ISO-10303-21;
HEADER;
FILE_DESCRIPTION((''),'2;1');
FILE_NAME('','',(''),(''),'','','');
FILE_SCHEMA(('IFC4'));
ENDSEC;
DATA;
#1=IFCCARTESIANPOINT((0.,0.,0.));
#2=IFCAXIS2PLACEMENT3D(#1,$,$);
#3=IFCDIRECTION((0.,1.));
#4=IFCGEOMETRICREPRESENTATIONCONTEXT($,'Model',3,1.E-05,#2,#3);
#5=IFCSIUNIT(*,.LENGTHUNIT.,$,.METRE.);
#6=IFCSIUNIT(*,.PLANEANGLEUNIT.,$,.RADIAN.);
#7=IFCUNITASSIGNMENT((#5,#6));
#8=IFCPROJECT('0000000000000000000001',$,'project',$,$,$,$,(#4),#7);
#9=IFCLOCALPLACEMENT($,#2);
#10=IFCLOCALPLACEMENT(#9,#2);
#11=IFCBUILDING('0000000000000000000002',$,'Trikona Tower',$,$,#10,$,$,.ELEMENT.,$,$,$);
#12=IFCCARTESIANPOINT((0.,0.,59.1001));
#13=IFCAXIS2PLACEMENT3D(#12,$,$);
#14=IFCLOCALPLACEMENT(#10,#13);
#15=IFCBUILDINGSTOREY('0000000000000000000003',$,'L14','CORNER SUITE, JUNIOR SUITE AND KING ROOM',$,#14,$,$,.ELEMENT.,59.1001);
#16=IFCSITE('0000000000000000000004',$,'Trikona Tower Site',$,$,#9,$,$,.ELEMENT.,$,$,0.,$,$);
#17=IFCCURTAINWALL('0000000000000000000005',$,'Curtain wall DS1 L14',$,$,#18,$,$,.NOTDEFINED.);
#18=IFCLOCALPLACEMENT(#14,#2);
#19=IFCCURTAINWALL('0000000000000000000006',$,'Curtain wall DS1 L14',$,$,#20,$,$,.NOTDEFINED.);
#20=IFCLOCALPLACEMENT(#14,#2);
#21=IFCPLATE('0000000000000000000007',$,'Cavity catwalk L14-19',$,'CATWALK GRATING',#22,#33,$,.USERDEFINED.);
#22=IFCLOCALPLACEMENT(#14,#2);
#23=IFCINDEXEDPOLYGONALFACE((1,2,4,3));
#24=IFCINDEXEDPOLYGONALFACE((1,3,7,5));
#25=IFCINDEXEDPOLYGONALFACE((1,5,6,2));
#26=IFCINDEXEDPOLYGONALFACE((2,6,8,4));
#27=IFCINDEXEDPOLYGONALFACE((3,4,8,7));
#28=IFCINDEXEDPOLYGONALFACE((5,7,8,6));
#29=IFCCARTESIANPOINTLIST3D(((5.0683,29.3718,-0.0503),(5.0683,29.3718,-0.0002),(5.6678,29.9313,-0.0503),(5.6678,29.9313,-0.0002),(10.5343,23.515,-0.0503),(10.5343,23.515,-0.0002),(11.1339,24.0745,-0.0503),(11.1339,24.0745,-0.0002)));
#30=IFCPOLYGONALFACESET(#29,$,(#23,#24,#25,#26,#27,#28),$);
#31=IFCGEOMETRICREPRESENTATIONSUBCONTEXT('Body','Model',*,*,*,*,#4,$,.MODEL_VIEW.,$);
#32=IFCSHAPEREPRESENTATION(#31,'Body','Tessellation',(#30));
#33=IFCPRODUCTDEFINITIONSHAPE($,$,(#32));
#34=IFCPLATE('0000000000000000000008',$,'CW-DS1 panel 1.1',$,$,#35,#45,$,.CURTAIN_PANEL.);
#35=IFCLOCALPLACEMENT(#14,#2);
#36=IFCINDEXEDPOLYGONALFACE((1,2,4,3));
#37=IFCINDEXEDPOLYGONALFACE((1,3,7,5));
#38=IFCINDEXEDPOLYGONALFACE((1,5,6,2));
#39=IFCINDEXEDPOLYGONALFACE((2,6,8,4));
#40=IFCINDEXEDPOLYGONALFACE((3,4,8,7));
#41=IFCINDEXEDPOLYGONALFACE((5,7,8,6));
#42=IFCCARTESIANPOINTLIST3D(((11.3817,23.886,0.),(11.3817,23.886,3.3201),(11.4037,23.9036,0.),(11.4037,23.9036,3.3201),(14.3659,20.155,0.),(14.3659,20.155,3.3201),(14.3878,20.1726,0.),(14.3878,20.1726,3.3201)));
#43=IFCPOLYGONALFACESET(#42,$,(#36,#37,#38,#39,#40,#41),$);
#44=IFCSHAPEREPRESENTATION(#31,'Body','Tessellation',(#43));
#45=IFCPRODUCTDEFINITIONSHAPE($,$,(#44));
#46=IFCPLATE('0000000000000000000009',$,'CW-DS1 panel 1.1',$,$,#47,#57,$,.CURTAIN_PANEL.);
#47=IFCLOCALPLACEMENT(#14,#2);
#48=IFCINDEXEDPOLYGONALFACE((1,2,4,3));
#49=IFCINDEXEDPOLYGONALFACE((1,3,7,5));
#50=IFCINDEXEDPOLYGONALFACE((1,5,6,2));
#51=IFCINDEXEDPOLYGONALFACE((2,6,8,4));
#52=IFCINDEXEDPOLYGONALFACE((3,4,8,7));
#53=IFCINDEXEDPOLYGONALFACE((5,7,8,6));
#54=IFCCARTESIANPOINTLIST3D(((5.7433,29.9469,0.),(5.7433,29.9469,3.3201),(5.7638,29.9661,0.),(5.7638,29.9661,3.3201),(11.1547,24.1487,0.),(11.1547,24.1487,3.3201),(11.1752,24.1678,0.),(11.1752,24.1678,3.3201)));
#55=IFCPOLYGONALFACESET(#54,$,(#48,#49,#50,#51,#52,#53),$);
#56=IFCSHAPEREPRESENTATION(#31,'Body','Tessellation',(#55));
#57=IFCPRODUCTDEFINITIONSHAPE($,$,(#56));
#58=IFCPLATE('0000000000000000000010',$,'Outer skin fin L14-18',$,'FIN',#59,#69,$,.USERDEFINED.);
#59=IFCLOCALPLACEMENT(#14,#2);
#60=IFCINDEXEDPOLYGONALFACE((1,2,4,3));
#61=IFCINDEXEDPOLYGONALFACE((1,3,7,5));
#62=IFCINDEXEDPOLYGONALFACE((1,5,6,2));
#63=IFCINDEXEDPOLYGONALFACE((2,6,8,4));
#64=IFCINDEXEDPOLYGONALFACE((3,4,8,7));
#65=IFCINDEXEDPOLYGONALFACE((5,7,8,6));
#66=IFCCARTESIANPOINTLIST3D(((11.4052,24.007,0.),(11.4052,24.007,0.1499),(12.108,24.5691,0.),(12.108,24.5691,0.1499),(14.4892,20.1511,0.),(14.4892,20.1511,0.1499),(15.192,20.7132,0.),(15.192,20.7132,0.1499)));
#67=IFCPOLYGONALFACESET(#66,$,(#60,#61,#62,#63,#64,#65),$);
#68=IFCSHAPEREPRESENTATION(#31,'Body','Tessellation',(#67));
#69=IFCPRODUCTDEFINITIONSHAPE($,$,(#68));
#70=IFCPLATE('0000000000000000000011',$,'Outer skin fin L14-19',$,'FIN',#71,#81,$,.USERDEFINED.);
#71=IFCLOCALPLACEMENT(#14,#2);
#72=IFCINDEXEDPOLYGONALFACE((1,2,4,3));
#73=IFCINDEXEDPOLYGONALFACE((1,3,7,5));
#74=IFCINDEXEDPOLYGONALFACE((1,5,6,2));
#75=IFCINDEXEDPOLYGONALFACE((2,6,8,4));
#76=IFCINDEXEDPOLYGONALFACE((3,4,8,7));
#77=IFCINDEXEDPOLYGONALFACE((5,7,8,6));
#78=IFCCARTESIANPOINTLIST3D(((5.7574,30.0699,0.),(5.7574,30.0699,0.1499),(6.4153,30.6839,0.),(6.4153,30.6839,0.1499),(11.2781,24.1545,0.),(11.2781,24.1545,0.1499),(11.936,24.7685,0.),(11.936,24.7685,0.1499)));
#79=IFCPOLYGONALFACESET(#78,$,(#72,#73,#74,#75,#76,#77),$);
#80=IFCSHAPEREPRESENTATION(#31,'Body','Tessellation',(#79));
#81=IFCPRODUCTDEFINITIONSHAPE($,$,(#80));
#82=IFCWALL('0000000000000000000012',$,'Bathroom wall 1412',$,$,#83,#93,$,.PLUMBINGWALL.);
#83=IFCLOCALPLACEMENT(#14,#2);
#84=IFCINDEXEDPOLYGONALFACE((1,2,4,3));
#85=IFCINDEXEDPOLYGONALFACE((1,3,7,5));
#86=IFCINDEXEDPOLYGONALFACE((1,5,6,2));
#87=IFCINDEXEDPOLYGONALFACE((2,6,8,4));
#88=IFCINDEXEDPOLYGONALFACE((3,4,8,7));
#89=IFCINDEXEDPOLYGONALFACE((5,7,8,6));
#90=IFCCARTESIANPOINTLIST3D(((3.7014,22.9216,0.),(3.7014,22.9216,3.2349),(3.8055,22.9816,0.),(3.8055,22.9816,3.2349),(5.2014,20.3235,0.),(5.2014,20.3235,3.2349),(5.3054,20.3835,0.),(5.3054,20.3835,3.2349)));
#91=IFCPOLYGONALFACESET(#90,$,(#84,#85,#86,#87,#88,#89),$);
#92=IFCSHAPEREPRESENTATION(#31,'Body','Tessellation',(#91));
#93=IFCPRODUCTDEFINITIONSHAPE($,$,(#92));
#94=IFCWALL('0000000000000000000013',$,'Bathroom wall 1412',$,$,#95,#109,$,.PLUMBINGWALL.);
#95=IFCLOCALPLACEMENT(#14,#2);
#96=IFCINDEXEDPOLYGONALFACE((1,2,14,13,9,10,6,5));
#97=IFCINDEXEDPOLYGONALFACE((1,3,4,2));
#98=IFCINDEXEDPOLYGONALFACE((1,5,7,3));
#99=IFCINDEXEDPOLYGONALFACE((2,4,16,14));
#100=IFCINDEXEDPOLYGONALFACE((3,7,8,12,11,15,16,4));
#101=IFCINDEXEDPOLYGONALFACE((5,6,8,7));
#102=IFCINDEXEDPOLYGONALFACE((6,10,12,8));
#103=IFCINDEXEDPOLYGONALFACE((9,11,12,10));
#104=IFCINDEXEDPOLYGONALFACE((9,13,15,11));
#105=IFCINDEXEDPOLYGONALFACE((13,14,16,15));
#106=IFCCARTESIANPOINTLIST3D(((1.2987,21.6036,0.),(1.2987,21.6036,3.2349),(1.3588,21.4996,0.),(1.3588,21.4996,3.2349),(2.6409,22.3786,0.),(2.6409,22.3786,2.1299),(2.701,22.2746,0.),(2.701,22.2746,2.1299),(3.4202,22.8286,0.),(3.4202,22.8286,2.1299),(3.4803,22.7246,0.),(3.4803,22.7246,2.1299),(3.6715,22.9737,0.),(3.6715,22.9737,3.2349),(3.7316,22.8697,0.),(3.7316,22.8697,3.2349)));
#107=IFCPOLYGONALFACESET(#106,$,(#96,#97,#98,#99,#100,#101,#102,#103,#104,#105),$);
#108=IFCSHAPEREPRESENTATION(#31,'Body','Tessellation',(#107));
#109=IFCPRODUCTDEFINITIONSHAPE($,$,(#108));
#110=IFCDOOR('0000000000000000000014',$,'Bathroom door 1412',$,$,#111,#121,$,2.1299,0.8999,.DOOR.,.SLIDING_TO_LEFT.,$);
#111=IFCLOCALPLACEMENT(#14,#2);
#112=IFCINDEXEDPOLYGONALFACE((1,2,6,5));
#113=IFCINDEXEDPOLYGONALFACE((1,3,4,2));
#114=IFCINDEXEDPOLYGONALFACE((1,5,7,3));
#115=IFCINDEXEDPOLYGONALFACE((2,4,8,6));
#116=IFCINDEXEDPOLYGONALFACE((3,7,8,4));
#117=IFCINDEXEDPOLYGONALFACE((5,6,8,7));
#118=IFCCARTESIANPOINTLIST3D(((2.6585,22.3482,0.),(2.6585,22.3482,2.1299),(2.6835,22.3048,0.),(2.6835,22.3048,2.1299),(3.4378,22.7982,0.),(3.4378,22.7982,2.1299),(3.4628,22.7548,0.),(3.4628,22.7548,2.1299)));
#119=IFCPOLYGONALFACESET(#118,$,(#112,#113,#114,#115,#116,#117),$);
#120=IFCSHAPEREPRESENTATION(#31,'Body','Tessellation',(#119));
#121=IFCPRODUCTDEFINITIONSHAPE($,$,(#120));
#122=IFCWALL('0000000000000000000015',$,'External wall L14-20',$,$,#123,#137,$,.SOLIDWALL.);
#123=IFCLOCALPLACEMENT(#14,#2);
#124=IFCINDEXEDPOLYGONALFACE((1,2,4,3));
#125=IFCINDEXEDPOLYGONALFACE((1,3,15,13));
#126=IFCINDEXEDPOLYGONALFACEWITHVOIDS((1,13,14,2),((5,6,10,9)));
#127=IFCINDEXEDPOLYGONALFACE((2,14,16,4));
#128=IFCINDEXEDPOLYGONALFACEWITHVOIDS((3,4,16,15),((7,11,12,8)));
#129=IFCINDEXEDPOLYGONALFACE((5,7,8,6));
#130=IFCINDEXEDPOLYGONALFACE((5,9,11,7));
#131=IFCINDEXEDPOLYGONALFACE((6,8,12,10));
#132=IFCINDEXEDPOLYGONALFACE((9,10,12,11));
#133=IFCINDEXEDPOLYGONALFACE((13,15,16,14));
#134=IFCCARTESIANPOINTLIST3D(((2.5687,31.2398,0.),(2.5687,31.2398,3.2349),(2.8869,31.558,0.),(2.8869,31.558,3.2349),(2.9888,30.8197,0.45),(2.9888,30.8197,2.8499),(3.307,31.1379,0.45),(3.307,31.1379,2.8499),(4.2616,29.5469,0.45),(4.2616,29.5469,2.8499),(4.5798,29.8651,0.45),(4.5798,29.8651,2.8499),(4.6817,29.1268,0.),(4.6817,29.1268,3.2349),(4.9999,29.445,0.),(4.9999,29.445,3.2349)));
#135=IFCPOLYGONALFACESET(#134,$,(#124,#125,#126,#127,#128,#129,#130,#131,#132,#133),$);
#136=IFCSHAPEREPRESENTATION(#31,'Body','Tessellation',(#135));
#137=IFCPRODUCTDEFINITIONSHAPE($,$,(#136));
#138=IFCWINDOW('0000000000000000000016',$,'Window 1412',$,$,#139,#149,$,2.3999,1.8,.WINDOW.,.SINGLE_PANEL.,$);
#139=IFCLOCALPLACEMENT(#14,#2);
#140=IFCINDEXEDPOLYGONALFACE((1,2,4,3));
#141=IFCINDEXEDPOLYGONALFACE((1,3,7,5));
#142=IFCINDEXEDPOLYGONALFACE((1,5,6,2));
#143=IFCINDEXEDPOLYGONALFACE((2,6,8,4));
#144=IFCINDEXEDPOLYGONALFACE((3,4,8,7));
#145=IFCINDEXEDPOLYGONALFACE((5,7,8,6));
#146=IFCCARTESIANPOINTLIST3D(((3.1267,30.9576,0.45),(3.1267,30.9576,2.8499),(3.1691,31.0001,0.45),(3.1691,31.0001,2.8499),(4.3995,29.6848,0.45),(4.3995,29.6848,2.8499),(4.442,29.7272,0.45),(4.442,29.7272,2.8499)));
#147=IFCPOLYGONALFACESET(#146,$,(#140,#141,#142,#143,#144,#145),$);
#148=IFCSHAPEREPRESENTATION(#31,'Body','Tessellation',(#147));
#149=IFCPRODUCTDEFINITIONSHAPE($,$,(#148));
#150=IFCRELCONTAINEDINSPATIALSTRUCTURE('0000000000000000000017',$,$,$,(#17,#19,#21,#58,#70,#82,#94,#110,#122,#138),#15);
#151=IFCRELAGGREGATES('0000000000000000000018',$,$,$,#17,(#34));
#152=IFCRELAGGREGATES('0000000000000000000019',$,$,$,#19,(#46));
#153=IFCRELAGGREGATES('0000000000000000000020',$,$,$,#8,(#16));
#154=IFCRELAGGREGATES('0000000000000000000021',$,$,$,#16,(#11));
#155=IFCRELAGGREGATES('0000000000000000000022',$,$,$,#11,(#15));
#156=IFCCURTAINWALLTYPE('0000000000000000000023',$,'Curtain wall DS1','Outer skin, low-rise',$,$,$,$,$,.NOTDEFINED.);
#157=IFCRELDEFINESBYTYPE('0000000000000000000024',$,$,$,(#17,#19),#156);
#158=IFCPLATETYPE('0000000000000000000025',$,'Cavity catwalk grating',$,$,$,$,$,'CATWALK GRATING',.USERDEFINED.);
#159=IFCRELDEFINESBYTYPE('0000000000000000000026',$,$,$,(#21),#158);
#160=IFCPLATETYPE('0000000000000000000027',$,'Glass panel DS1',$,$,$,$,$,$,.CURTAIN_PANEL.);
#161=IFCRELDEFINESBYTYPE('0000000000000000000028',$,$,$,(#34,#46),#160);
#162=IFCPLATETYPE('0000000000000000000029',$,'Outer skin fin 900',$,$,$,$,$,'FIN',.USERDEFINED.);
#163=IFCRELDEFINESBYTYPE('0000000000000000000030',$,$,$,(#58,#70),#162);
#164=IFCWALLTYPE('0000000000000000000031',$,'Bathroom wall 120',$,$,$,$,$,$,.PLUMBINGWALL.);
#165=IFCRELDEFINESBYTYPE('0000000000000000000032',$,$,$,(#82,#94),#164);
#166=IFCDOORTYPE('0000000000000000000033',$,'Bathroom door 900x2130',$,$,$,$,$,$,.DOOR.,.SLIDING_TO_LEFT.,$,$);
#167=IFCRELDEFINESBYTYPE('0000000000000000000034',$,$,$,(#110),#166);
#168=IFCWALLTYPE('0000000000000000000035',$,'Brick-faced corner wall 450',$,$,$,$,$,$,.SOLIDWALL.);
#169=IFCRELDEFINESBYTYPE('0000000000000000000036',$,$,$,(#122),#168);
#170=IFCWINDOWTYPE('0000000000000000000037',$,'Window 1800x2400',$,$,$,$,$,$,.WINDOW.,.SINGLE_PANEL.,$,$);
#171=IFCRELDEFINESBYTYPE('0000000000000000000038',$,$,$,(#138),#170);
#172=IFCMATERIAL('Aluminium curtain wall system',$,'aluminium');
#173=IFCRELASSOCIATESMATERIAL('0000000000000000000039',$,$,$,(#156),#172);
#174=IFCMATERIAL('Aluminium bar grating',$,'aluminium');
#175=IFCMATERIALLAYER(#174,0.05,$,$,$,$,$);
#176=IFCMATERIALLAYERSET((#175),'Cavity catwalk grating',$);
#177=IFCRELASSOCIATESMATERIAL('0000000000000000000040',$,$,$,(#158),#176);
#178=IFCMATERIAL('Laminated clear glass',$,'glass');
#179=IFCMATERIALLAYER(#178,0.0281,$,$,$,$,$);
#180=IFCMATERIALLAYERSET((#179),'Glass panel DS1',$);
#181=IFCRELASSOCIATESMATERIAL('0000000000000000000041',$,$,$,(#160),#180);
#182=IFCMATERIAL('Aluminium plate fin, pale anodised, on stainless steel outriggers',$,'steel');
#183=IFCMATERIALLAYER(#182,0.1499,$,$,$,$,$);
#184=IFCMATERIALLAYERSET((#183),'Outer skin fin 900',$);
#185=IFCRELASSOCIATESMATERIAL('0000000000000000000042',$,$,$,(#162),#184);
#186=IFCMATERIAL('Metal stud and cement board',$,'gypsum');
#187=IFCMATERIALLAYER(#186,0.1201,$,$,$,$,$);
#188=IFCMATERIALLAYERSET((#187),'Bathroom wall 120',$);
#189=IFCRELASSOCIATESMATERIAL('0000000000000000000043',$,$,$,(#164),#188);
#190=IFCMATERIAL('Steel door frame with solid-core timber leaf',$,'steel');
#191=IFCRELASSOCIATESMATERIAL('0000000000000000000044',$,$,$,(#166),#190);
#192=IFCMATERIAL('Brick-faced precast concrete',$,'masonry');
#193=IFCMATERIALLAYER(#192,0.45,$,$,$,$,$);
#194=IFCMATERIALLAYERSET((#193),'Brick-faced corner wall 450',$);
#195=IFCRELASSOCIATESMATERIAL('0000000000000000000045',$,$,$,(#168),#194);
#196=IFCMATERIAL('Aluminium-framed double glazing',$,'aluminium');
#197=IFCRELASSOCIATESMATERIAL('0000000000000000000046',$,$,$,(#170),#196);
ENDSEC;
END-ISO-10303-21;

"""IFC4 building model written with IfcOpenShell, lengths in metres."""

from ifc_helpers import new_model, si_unit, direction, frame, frame_2d, origin, origin_2d, place, context, subcontext, project, spatial, rectangle, extrude, material, layer, layer_set, type_object, element, fill, aggregate, save


model = new_model("IFC4")

# Units and contexts
model_context = context("Model", 3, precision=1e-05, world=origin(), true_north=direction((0.0, 1.0)))
body_context = subcontext(model_context, "Body", "Model", "MODEL_VIEW")
ifc_project = project(units=[si_unit("LENGTHUNIT", "METRE"), si_unit("PLANEANGLEUNIT", "RADIAN")], contexts=[model_context])

# Site, building, storey
site_placement = place(None, origin())
site = spatial("IfcSite", under=ifc_project, at=site_placement, Name="Trikona Tower Site", CompositionType="ELEMENT", RefElevation=0.0)
building_placement = place(site_placement, origin())
building = spatial("IfcBuilding", under=site, at=building_placement, Name="Trikona Tower", CompositionType="ELEMENT")
storey_placement = place(building_placement, frame((0.0, 0.0, 59.1001)))
storey = spatial("IfcBuildingStorey", under=building, at=storey_placement, Name="L14", Description="CORNER SUITE, JUNIOR SUITE AND KING ROOM", CompositionType="ELEMENT", Elevation=59.1001)

# Curtain wall
ifc_material_1 = material(Name="Aluminium curtain wall system", Category="aluminium")
curtain_wall_type = type_object("IfcCurtainWallType", Name="Curtain wall DS1", Description="Outer skin, low-rise", PredefinedType="NOTDEFINED", material=ifc_material_1)
curtain_wall_1_placement = place(storey_placement, origin())
curtain_wall_1 = element("IfcCurtainWall", 1, at=curtain_wall_1_placement, inside=storey, type_object=curtain_wall_type, Name="Curtain wall DS1 L14", PredefinedType="NOTDEFINED")

# Curtain wall
curtain_wall_2_placement = place(storey_placement, origin())
curtain_wall_2 = element("IfcCurtainWall", 2, at=curtain_wall_2_placement, inside=storey, type_object=curtain_wall_type, Name="Curtain wall DS1 L14", PredefinedType="NOTDEFINED")

# Plate
ifc_material_2 = material(Name="Aluminium bar grating", Category="aluminium")
ifc_layer_1 = layer(ifc_material_2, 0.05)
ifc_layer_set_1 = layer_set([ifc_layer_1], Name="Cavity catwalk grating")
plate_type_1 = type_object("IfcPlateType", Name="Cavity catwalk grating", ElementType="CATWALK GRATING", PredefinedType="USERDEFINED", material=ifc_layer_set_1)
plate_1_placement = place(storey_placement, frame((8.1011, 26.7231, -0.0503), z_axis=(0.0, 0.0, 1.0), x_axis=(-0.682298, 0.731074, 0.0)))
element("IfcPlate", 3, at=plate_1_placement, inside=storey, type_object=plate_type_1, Name="Cavity catwalk L14-19", ObjectType="CATWALK GRATING", PredefinedType="USERDEFINED", context=body_context, shape_type="SweptSolid", body=[
    extrude(rectangle(XDim=8.0112, YDim=0.8201, at=origin_2d()), origin(), (0.0, 0.0, 1.0), 0.05),
])

# Plates
ifc_material_3 = material(Name="Laminated clear glass", Category="glass")
ifc_layer_2 = layer(ifc_material_3, 0.0281)
ifc_layer_set_2 = layer_set([ifc_layer_2], Name="Glass panel DS1")
plate_type_2 = type_object("IfcPlateType", Name="Glass panel DS1", PredefinedType="CURTAIN_PANEL", material=ifc_layer_set_2)
plate_2_placement = place(storey_placement, frame((12.8848, 22.0293, 0.0), z_axis=(0.0, 0.0, 1.0), x_axis=(-0.624609, 0.780938, 0.0)))
plate_2 = element("IfcPlate", 4, at=plate_2_placement, type_object=plate_type_2, Name="CW-DS1 panel 1.1", PredefinedType="CURTAIN_PANEL", context=body_context, shape_type="SweptSolid", body=[
    extrude(rectangle(XDim=4.7776, YDim=0.0281, at=origin_2d()), origin(), (0.0, 0.0, 1.0), 3.3201),
])
aggregate(curtain_wall_1, [plate_2])
plate_3_placement = place(storey_placement, frame((8.4592, 27.0574, 0.0), z_axis=(0.0, 0.0, 1.0), x_axis=(-0.682295, 0.731077, 0.0)))
plate_3 = element("IfcPlate", 5, at=plate_3_placement, type_object=plate_type_2, Name="CW-DS1 panel 1.1", PredefinedType="CURTAIN_PANEL", context=body_context, shape_type="SweptSolid", body=[
    extrude(rectangle(XDim=7.9312, YDim=0.0281, at=origin_2d()), origin(), (0.0, 0.0, 1.0), 3.3201),
])
aggregate(curtain_wall_2, [plate_3])

# Plates
ifc_material_4 = material(Name="Aluminium plate fin, pale anodised, on stainless steel outriggers", Category="steel")
ifc_layer_3 = layer(ifc_material_4, 0.1499)
ifc_layer_set_3 = layer_set([ifc_layer_3], Name="Outer skin fin 900")
plate_type_3 = type_object("IfcPlateType", Name="Outer skin fin 900", ElementType="FIN", PredefinedType="USERDEFINED", material=ifc_layer_set_3)
plate_4_placement = place(storey_placement, frame((13.2986, 22.3601, 0.0), z_axis=(0.0, 0.0, 1.0), x_axis=(-0.624604, 0.780942, 0.0)))
element("IfcPlate", 6, at=plate_4_placement, inside=storey, type_object=plate_type_3, Name="Outer skin fin L14-18", ObjectType="FIN", PredefinedType="USERDEFINED", context=body_context, shape_type="SweptSolid", body=[
    extrude(rectangle(XDim=4.9375, YDim=0.8999, at=origin_2d()), origin(), (0.0, 0.0, 1.0), 0.1499),
])
plate_5_placement = place(storey_placement, frame((8.8467, 27.4192, 0.0), z_axis=(0.0, 0.0, 1.0), x_axis=(-0.682298, 0.731074, 0.0)))
element("IfcPlate", 7, at=plate_5_placement, inside=storey, type_object=plate_type_3, Name="Outer skin fin L14-19", ObjectType="FIN", PredefinedType="USERDEFINED", context=body_context, shape_type="SweptSolid", body=[
    extrude(rectangle(XDim=8.0913, YDim=0.8999, at=origin_2d()), origin(), (0.0, 0.0, 1.0), 0.1499),
])

# Wall
ifc_material_5 = material(Name="Metal stud and cement board", Category="gypsum")
ifc_layer_4 = layer(ifc_material_5, 0.1201)
ifc_layer_set_4 = layer_set([ifc_layer_4], Name="Bathroom wall 120")
wall_type_1 = type_object("IfcWallType", Name="Bathroom wall 120", PredefinedType="PLUMBINGWALL", material=ifc_layer_set_4)
wall_1_placement = place(storey_placement, frame((5.2534, 20.3535, 0.0), z_axis=(0.0, 0.0, 1.0), x_axis=(-0.49999, 0.866031, 0.0)))
element("IfcWall", 8, at=wall_1_placement, inside=storey, type_object=wall_type_1, Name="Bathroom wall 1412", PredefinedType="PLUMBINGWALL", context=body_context, shape_type="SweptSolid", body=[
    extrude(rectangle(XDim=3.0, YDim=0.1201, at=frame_2d((1.5, 0.0))), origin(), (0.0, 0.0, 1.0), 3.2349),
])

# Wall, opening, door
wall_2_placement = place(storey_placement, frame((1.3286, 21.5515, 0.0), z_axis=(0.0, 0.0, 1.0), x_axis=(0.865997, 0.500049, 0.0)))
wall_2 = element("IfcWall", 9, at=wall_2_placement, inside=storey, type_object=wall_type_1, Name="Bathroom wall 1412", PredefinedType="PLUMBINGWALL", context=body_context, shape_type="SweptSolid", body=[
    extrude(rectangle(XDim=2.74, YDim=0.1201, at=frame_2d((1.3701, 0.0))), origin(), (0.0, 0.0, 1.0), 3.2349),
])
opening_1_placement = place(wall_2_placement, frame((1.55, 0.0, 0.0)))
opening_1 = element("IfcOpeningElement", 10, at=opening_1_placement, cuts=wall_2, PredefinedType="OPENING", context=body_context, shape_type="SweptSolid", body=[
    extrude(rectangle(XDim=0.8999, YDim=2.1299, at=frame_2d((0.45, 1.0649))), frame((0.0, 0.0701, 0.0), z_axis=(0.0, -1.0, 0.0), x_axis=(1.0, 0.0, 0.0)), (0.0, 0.0, 1.0), 0.1401),
])
ifc_material_6 = material(Name="Steel door frame with solid-core timber leaf", Category="steel")
door_type = type_object("IfcDoorType", Name="Bathroom door 900x2130", OperationType="SLIDING_TO_LEFT", PredefinedType="DOOR", material=ifc_material_6)
door_placement = place(opening_1_placement, origin())
door = element("IfcDoor", 11, at=door_placement, inside=storey, type_object=door_type, Name="Bathroom door 1412", OperationType="SLIDING_TO_LEFT", OverallHeight=2.1299, OverallWidth=0.8999, PredefinedType="DOOR", context=body_context, shape_type="SweptSolid", body=[
    extrude(rectangle(XDim=0.8999, YDim=2.1299, at=frame_2d((0.45, 1.0649))), frame((0.0, 0.0249, 0.0), z_axis=(0.0, -1.0, 0.0), x_axis=(1.0, 0.0, 0.0)), (0.0, 0.0, 1.0), 0.05),
])
fill(opening_1, door)

# Wall, opening, window
ifc_material_7 = material(Name="Brick-faced precast concrete", Category="masonry")
ifc_layer_5 = layer(ifc_material_7, 0.45)
ifc_layer_set_5 = layer_set([ifc_layer_5], Name="Brick-faced corner wall 450")
wall_type_2 = type_object("IfcWallType", Name="Brick-faced corner wall 450", PredefinedType="SOLIDWALL", material=ifc_layer_set_5)
wall_3_placement = place(storey_placement, frame((4.8408, 29.2859, 0.0), z_axis=(0.0, 0.0, 1.0), x_axis=(-0.707107, 0.707107, 0.0)))
wall_3 = element("IfcWall", 12, at=wall_3_placement, inside=storey, type_object=wall_type_2, Name="External wall L14-20", PredefinedType="SOLIDWALL", context=body_context, shape_type="SweptSolid", body=[
    extrude(rectangle(XDim=2.9883, YDim=0.45, at=frame_2d((1.4941, 0.0))), origin(), (0.0, 0.0, 1.0), 3.2349),
])
opening_2_placement = place(wall_3_placement, frame((0.5942, 0.0, 0.45)))
opening_2 = element("IfcOpeningElement", 13, at=opening_2_placement, cuts=wall_3, PredefinedType="OPENING", context=body_context, shape_type="SweptSolid", body=[
    extrude(rectangle(XDim=1.8, YDim=2.3999, at=frame_2d((0.8999, 1.2))), frame((0.0, 0.2349, 0.0), z_axis=(0.0, -1.0, 0.0), x_axis=(1.0, 0.0, 0.0)), (0.0, 0.0, 1.0), 0.47),
])
ifc_material_8 = material(Name="Aluminium-framed double glazing", Category="aluminium")
window_type_1 = type_object("IfcWindowType", Name="Window 1800x2400", PartitioningType="SINGLE_PANEL", PredefinedType="WINDOW", material=ifc_material_8)
window_1_placement = place(opening_2_placement, origin())
window_1 = element("IfcWindow", 14, at=window_1_placement, inside=storey, type_object=window_type_1, Name="Window 1412", OverallHeight=2.3999, OverallWidth=1.8, PartitioningType="SINGLE_PANEL", PredefinedType="WINDOW", context=body_context, shape_type="SweptSolid", body=[
    extrude(rectangle(XDim=1.8, YDim=2.3999, at=frame_2d((0.8999, 1.2))), frame((0.0, 0.03, 0.0), z_axis=(0.0, -1.0, 0.0), x_axis=(1.0, 0.0, 0.0)), (0.0, 0.0, 1.0), 0.0601),
])
fill(opening_2, window_1)

save(model, "model.ifc")
